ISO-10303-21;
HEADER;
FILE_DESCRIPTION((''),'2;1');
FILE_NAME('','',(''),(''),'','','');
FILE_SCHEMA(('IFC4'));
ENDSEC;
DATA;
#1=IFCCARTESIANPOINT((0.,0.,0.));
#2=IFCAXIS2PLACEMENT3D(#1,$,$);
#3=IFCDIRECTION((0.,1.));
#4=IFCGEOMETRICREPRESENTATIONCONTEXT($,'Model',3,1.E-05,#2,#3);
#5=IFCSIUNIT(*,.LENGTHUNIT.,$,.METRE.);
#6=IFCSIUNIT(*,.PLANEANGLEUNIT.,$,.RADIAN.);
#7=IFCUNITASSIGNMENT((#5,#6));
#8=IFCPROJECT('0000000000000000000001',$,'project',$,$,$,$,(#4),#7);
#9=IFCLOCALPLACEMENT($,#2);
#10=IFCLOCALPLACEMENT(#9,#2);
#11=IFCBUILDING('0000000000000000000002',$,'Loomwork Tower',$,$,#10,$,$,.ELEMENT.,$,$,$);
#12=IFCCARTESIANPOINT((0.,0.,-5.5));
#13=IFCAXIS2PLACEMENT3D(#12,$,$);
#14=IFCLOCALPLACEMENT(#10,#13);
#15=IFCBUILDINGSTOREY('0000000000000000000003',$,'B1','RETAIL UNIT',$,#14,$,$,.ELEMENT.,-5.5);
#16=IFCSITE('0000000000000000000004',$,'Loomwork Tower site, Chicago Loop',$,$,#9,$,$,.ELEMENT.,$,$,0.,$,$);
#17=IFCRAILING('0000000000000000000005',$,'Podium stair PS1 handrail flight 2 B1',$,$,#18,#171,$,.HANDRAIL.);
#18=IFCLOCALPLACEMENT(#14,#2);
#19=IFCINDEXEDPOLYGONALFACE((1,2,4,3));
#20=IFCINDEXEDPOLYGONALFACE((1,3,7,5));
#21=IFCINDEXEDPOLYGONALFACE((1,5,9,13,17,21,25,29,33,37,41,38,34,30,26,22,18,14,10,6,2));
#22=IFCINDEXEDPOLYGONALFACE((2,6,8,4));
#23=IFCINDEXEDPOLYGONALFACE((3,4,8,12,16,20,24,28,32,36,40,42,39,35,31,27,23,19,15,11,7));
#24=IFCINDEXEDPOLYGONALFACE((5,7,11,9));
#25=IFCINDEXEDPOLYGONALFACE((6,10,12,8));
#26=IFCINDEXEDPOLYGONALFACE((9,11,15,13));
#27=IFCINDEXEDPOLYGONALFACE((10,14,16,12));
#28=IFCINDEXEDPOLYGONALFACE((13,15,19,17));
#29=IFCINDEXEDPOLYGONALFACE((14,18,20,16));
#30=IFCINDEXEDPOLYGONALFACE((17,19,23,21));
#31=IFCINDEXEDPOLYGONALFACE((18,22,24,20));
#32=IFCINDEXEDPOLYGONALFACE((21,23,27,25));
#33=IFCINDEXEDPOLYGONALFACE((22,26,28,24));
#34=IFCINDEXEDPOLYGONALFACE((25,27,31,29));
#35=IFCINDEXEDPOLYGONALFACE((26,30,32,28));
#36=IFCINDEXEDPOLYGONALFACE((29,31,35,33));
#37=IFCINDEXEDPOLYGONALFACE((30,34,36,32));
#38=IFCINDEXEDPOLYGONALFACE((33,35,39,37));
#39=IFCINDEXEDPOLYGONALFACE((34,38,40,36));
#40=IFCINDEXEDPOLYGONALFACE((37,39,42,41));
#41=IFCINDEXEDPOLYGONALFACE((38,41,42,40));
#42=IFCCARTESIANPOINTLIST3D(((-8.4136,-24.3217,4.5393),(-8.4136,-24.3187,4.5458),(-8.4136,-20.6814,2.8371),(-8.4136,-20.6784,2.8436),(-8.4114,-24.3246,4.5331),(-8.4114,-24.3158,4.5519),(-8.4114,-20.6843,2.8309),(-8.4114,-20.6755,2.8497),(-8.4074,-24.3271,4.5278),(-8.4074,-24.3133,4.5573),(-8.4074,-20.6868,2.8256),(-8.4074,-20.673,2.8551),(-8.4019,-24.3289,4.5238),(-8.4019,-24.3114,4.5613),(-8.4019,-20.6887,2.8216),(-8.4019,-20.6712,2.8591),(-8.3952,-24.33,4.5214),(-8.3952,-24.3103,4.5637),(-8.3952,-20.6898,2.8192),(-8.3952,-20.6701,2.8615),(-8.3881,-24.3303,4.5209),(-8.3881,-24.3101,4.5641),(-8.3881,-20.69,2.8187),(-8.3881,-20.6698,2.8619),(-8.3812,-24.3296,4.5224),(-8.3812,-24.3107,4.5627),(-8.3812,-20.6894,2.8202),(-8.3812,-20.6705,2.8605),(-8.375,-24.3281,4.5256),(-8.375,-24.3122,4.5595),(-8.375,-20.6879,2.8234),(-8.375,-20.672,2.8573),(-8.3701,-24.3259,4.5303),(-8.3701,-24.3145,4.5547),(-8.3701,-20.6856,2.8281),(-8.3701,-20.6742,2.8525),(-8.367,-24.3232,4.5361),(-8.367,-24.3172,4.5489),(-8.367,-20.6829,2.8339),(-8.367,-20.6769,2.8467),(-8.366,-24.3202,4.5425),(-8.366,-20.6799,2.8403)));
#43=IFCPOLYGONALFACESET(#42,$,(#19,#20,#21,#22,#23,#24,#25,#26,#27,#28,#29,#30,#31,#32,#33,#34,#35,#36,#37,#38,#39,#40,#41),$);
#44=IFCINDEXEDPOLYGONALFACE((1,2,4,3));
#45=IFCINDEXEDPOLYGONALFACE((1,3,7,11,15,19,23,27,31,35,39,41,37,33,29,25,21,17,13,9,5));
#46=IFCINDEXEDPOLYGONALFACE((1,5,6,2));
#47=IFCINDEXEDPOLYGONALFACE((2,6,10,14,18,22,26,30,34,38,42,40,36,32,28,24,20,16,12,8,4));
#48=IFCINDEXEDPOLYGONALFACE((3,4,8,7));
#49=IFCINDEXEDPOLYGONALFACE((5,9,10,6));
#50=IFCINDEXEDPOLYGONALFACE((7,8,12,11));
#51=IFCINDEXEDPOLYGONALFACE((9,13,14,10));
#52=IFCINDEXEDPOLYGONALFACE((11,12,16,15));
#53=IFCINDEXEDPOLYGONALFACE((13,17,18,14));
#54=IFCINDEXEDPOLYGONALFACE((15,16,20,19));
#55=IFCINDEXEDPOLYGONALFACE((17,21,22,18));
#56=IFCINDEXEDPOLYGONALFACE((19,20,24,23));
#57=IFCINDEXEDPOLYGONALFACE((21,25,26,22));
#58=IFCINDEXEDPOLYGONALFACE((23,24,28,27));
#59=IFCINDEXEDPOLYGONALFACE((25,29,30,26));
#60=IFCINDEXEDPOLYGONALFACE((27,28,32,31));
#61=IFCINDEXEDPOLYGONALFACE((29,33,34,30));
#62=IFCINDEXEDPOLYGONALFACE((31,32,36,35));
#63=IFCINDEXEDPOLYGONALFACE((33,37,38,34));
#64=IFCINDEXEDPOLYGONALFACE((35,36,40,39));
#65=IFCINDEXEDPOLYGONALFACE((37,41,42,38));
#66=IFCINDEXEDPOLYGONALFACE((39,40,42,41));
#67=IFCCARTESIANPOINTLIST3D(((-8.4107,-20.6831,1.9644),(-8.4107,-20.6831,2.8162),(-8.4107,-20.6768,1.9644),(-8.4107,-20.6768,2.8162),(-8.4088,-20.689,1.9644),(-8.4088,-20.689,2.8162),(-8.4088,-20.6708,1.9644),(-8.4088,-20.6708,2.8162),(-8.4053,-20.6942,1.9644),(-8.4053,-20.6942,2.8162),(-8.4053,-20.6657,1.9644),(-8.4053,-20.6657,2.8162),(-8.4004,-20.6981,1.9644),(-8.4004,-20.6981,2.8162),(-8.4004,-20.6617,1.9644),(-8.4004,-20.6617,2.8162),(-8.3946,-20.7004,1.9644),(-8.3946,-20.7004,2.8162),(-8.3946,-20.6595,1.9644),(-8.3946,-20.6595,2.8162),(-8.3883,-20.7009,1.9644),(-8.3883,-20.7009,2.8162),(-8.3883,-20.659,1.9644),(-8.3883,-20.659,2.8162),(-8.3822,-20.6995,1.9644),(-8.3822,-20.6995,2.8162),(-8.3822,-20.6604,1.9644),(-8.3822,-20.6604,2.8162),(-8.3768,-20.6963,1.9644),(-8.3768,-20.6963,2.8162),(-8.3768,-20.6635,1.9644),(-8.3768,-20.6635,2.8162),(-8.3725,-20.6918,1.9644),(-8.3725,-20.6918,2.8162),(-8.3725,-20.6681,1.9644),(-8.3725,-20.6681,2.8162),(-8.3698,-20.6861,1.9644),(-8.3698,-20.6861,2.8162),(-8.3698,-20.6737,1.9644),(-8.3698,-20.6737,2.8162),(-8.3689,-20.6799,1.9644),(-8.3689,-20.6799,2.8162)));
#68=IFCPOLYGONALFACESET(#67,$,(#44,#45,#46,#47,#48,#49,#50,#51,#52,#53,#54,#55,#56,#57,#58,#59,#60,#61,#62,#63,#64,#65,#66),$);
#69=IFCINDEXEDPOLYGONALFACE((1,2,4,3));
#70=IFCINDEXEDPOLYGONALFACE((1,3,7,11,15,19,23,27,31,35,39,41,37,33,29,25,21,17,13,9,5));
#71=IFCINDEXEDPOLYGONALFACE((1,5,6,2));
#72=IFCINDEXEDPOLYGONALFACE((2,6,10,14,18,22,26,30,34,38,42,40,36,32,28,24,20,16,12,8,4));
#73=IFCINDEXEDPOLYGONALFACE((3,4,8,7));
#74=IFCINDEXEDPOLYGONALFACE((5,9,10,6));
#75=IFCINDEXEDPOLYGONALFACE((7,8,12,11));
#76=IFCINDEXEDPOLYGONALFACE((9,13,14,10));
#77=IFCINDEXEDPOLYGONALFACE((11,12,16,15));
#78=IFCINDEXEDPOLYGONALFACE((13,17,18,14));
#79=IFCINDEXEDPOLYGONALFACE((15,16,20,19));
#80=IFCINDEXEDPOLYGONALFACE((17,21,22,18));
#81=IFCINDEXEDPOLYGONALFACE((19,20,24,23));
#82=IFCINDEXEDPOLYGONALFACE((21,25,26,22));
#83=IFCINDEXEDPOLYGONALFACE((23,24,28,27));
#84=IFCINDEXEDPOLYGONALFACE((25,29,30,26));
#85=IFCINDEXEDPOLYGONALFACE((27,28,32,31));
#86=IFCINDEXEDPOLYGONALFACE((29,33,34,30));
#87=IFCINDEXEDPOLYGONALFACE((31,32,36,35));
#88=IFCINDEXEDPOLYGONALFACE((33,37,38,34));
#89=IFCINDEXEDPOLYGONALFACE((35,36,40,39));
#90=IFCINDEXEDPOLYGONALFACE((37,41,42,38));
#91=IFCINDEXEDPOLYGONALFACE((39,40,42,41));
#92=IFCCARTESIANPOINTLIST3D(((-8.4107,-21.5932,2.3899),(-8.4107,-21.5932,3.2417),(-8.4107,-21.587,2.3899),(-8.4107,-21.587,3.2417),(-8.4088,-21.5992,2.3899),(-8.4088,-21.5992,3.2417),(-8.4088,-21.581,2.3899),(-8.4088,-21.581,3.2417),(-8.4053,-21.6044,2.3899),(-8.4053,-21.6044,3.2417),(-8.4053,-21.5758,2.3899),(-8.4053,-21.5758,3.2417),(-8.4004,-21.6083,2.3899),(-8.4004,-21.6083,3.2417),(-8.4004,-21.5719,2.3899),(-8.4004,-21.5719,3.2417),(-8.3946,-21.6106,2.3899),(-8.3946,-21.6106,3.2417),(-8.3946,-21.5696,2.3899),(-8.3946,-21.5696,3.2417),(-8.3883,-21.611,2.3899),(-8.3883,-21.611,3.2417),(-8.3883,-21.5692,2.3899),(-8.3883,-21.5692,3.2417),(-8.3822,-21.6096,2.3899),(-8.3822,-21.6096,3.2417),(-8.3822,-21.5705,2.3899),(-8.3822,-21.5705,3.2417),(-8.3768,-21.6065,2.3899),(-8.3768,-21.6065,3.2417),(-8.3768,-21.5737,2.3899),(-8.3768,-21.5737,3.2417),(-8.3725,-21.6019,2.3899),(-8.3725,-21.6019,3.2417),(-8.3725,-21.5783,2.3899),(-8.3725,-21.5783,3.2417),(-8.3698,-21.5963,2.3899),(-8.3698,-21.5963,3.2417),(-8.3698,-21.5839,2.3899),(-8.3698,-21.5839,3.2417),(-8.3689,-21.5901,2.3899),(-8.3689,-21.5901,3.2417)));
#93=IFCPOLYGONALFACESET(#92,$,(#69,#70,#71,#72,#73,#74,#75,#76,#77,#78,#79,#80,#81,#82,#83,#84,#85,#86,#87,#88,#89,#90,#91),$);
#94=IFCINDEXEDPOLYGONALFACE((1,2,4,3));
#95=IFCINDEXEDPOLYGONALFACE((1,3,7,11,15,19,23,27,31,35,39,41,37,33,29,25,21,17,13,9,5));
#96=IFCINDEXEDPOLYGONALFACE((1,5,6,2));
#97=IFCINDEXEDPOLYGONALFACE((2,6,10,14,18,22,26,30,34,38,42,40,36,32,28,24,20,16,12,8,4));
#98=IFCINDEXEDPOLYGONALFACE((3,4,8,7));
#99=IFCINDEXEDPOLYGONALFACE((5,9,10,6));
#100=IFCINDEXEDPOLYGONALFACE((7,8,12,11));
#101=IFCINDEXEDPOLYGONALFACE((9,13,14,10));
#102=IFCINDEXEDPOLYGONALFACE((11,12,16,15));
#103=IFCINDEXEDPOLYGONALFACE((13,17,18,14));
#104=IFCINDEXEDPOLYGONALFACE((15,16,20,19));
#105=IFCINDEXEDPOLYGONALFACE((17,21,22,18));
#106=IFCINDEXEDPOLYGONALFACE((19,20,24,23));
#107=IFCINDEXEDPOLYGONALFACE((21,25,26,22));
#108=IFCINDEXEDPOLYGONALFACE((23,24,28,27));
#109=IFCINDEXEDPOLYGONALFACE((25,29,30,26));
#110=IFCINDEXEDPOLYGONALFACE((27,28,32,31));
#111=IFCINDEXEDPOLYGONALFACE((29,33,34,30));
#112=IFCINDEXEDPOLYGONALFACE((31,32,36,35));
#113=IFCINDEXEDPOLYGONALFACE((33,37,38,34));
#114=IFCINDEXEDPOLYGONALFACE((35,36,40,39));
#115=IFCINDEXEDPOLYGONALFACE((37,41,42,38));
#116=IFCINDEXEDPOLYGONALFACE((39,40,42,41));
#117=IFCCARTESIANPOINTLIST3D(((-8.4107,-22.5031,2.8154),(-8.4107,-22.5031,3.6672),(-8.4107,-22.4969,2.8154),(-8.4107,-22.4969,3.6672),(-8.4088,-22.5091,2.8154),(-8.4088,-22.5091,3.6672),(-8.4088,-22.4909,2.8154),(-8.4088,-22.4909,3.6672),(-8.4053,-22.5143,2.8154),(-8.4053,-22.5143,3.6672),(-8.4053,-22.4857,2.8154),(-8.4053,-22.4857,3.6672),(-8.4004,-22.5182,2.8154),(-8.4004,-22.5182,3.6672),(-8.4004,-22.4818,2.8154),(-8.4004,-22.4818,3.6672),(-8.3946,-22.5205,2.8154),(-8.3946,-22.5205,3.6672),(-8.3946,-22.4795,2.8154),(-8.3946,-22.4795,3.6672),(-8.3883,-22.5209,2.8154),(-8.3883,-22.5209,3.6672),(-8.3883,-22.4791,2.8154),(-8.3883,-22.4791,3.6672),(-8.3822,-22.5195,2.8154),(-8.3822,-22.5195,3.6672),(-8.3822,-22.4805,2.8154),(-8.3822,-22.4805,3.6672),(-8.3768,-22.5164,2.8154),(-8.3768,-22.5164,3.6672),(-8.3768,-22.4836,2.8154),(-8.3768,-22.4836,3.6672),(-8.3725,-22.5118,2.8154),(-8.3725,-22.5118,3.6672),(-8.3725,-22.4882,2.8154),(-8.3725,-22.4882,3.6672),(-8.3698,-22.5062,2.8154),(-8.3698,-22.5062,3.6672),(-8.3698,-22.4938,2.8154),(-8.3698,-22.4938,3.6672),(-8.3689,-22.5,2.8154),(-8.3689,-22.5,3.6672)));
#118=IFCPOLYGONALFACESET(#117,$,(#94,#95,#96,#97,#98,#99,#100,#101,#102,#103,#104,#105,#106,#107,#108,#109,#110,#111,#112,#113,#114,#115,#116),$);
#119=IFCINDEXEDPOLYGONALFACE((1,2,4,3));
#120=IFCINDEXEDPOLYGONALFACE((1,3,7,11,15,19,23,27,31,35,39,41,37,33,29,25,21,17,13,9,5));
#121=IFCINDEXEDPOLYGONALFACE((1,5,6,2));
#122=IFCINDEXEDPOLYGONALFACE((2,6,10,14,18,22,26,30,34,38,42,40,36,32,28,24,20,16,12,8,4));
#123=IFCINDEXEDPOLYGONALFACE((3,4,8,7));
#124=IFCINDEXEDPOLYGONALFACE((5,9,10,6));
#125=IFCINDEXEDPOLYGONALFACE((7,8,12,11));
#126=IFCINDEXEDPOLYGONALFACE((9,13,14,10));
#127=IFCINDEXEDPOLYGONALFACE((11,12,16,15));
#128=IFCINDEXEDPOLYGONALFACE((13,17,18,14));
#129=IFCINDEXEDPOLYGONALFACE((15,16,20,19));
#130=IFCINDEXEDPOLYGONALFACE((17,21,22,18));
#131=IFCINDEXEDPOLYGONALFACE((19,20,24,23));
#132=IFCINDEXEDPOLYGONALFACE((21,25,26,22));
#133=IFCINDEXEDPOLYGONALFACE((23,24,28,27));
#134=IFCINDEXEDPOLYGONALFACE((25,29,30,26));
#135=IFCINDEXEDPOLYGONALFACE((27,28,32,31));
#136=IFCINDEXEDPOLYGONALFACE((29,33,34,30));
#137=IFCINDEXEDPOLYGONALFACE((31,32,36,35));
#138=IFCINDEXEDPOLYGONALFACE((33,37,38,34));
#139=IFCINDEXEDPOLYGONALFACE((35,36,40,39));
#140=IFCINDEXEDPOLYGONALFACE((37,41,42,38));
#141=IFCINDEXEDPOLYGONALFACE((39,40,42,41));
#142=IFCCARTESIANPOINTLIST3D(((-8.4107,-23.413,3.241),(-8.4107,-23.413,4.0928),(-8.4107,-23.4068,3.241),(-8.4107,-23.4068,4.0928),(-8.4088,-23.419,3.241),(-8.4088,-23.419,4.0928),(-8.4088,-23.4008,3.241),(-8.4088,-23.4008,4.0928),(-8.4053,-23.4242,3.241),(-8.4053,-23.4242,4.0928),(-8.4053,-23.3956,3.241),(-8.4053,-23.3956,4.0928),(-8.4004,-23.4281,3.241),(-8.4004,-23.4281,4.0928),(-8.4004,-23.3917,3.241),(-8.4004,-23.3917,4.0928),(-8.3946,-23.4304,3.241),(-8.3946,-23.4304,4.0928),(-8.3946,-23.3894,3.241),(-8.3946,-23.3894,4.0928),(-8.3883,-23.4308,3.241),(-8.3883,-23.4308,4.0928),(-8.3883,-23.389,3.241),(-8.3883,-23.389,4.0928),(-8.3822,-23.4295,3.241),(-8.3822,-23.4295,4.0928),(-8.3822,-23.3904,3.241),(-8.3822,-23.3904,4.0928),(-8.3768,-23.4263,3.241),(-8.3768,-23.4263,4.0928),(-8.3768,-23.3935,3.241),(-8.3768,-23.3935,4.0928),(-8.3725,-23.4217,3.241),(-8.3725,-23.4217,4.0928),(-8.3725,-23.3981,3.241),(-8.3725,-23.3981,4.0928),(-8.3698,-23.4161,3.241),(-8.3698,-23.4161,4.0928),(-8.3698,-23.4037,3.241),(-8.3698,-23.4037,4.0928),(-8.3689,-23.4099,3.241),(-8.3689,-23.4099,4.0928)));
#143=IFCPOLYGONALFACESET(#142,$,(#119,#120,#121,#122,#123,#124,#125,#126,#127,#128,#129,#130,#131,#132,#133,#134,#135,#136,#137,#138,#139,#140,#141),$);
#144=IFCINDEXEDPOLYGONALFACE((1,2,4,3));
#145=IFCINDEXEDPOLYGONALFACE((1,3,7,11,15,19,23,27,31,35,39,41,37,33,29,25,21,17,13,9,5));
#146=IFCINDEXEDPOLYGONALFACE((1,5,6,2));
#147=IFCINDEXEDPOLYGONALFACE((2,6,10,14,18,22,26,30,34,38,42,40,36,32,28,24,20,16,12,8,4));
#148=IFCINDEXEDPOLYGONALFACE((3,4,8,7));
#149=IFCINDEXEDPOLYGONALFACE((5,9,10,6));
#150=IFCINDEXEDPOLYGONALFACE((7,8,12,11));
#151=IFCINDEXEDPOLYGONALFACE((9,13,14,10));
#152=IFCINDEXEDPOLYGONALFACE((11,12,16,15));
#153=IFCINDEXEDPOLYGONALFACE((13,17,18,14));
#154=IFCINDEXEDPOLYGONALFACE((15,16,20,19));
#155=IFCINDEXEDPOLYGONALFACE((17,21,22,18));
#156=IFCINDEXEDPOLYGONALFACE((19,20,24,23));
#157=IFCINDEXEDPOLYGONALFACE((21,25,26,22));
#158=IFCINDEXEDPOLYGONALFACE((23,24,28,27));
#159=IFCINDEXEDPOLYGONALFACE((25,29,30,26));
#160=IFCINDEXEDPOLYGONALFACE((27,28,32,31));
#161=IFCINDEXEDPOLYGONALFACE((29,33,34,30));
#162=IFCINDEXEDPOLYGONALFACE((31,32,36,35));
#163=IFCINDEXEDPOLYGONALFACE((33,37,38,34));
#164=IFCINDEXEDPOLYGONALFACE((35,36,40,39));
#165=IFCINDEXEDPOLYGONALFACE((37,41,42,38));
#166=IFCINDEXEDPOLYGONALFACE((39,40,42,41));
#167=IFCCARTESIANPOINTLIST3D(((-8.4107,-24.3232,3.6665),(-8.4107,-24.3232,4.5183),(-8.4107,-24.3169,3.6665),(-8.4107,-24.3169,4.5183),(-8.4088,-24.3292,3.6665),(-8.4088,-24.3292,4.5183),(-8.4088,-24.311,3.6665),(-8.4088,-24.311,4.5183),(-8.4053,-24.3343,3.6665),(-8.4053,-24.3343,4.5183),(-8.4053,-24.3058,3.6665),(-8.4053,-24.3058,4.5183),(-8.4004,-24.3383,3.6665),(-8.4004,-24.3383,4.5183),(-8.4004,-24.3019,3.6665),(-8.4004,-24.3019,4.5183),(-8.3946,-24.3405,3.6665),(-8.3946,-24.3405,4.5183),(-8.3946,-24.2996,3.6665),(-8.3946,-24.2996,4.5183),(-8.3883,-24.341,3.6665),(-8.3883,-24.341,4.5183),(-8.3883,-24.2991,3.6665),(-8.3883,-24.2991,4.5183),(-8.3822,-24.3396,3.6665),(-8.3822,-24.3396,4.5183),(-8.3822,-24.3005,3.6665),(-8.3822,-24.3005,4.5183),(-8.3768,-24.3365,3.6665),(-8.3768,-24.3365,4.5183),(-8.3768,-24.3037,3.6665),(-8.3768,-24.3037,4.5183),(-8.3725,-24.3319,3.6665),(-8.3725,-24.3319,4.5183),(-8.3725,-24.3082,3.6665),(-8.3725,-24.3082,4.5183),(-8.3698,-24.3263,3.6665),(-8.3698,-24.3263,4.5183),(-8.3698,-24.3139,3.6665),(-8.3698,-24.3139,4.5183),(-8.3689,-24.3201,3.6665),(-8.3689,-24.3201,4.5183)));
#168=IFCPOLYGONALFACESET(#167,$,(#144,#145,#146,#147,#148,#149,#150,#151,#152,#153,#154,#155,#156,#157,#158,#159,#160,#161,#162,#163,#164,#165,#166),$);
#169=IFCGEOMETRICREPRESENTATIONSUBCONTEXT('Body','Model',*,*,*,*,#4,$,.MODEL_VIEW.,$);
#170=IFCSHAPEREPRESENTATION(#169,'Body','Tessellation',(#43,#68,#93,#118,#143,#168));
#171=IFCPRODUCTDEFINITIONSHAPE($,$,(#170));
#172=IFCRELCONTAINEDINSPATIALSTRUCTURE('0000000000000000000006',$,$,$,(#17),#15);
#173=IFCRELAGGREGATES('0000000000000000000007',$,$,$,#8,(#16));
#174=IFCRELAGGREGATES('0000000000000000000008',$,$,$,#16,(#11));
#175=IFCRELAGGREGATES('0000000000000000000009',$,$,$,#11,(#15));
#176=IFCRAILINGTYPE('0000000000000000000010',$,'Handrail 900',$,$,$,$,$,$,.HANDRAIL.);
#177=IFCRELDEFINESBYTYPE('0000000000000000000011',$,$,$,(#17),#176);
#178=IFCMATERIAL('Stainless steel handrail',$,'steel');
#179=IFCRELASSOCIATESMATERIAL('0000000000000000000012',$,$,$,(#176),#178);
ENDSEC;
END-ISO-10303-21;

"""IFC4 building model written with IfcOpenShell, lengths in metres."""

from ifc_helpers import new_model, si_unit, direction, frame, origin, origin_2d, place, context, subcontext, project, spatial, circle, extrude, material, type_object, element, save


model = new_model("IFC4")

# Units and contexts
model_context = context("Model", 3, precision=1e-05, world=origin(), true_north=direction((0.0, 1.0)))
body_context = subcontext(model_context, "Body", "Model", "MODEL_VIEW")
ifc_project = project(units=[si_unit("LENGTHUNIT", "METRE"), si_unit("PLANEANGLEUNIT", "RADIAN")], contexts=[model_context])

# Site, building, storey
site_placement = place(None, origin())
site = spatial("IfcSite", under=ifc_project, at=site_placement, Name="Loomwork Tower site, Chicago Loop", CompositionType="ELEMENT", RefElevation=0.0)
building_placement = place(site_placement, origin())
building = spatial("IfcBuilding", under=site, at=building_placement, Name="Loomwork Tower", CompositionType="ELEMENT")
storey_placement = place(building_placement, frame((0.0, 0.0, -5.5)))
storey = spatial("IfcBuildingStorey", under=building, at=storey_placement, Name="B1", Description="RETAIL UNIT", CompositionType="ELEMENT", Elevation=-5.5)

# Railing
ifc_material_1 = material(Name="Stainless steel handrail", Category="steel")
railing_type = type_object("IfcRailingType", Name="Handrail 900", PredefinedType="HANDRAIL", material=ifc_material_1)
railing_1_placement = place(storey_placement, frame((-8.3899, -20.6799, 1.9644)))
element("IfcRailing", 1, at=railing_1_placement, inside=storey, type_object=railing_type, Name="Podium stair PS1 handrail flight 2 B1", PredefinedType="HANDRAIL", context=body_context, shape_type="SweptSolid", body=[
    extrude(circle(Radius=0.0239, at=origin_2d()), frame((0.0, 0.0, 0.876), z_axis=(0.0, -0.905857, 0.423584), x_axis=(1.0, 0.0, 0.0)), (0.0, 0.0, 1.0), 4.0186),
    extrude(circle(Radius=0.021, at=origin_2d()), origin(), (0.0, 0.0, 1.0), 0.8518),
    extrude(circle(Radius=0.021, at=origin_2d()), frame((0.0, -0.9102, 0.4255)), (0.0, 0.0, 1.0), 0.8518),
    extrude(circle(Radius=0.021, at=origin_2d()), frame((0.0, -1.8201, 0.8511)), (0.0, 0.0, 1.0), 0.8518),
    extrude(circle(Radius=0.021, at=origin_2d()), frame((0.0, -2.73, 1.2766)), (0.0, 0.0, 1.0), 0.8518),
    extrude(circle(Radius=0.021, at=origin_2d()), frame((0.0, -3.6401, 1.7021)), (0.0, 0.0, 1.0), 0.8518),
])

save(model, "model.ifc")
